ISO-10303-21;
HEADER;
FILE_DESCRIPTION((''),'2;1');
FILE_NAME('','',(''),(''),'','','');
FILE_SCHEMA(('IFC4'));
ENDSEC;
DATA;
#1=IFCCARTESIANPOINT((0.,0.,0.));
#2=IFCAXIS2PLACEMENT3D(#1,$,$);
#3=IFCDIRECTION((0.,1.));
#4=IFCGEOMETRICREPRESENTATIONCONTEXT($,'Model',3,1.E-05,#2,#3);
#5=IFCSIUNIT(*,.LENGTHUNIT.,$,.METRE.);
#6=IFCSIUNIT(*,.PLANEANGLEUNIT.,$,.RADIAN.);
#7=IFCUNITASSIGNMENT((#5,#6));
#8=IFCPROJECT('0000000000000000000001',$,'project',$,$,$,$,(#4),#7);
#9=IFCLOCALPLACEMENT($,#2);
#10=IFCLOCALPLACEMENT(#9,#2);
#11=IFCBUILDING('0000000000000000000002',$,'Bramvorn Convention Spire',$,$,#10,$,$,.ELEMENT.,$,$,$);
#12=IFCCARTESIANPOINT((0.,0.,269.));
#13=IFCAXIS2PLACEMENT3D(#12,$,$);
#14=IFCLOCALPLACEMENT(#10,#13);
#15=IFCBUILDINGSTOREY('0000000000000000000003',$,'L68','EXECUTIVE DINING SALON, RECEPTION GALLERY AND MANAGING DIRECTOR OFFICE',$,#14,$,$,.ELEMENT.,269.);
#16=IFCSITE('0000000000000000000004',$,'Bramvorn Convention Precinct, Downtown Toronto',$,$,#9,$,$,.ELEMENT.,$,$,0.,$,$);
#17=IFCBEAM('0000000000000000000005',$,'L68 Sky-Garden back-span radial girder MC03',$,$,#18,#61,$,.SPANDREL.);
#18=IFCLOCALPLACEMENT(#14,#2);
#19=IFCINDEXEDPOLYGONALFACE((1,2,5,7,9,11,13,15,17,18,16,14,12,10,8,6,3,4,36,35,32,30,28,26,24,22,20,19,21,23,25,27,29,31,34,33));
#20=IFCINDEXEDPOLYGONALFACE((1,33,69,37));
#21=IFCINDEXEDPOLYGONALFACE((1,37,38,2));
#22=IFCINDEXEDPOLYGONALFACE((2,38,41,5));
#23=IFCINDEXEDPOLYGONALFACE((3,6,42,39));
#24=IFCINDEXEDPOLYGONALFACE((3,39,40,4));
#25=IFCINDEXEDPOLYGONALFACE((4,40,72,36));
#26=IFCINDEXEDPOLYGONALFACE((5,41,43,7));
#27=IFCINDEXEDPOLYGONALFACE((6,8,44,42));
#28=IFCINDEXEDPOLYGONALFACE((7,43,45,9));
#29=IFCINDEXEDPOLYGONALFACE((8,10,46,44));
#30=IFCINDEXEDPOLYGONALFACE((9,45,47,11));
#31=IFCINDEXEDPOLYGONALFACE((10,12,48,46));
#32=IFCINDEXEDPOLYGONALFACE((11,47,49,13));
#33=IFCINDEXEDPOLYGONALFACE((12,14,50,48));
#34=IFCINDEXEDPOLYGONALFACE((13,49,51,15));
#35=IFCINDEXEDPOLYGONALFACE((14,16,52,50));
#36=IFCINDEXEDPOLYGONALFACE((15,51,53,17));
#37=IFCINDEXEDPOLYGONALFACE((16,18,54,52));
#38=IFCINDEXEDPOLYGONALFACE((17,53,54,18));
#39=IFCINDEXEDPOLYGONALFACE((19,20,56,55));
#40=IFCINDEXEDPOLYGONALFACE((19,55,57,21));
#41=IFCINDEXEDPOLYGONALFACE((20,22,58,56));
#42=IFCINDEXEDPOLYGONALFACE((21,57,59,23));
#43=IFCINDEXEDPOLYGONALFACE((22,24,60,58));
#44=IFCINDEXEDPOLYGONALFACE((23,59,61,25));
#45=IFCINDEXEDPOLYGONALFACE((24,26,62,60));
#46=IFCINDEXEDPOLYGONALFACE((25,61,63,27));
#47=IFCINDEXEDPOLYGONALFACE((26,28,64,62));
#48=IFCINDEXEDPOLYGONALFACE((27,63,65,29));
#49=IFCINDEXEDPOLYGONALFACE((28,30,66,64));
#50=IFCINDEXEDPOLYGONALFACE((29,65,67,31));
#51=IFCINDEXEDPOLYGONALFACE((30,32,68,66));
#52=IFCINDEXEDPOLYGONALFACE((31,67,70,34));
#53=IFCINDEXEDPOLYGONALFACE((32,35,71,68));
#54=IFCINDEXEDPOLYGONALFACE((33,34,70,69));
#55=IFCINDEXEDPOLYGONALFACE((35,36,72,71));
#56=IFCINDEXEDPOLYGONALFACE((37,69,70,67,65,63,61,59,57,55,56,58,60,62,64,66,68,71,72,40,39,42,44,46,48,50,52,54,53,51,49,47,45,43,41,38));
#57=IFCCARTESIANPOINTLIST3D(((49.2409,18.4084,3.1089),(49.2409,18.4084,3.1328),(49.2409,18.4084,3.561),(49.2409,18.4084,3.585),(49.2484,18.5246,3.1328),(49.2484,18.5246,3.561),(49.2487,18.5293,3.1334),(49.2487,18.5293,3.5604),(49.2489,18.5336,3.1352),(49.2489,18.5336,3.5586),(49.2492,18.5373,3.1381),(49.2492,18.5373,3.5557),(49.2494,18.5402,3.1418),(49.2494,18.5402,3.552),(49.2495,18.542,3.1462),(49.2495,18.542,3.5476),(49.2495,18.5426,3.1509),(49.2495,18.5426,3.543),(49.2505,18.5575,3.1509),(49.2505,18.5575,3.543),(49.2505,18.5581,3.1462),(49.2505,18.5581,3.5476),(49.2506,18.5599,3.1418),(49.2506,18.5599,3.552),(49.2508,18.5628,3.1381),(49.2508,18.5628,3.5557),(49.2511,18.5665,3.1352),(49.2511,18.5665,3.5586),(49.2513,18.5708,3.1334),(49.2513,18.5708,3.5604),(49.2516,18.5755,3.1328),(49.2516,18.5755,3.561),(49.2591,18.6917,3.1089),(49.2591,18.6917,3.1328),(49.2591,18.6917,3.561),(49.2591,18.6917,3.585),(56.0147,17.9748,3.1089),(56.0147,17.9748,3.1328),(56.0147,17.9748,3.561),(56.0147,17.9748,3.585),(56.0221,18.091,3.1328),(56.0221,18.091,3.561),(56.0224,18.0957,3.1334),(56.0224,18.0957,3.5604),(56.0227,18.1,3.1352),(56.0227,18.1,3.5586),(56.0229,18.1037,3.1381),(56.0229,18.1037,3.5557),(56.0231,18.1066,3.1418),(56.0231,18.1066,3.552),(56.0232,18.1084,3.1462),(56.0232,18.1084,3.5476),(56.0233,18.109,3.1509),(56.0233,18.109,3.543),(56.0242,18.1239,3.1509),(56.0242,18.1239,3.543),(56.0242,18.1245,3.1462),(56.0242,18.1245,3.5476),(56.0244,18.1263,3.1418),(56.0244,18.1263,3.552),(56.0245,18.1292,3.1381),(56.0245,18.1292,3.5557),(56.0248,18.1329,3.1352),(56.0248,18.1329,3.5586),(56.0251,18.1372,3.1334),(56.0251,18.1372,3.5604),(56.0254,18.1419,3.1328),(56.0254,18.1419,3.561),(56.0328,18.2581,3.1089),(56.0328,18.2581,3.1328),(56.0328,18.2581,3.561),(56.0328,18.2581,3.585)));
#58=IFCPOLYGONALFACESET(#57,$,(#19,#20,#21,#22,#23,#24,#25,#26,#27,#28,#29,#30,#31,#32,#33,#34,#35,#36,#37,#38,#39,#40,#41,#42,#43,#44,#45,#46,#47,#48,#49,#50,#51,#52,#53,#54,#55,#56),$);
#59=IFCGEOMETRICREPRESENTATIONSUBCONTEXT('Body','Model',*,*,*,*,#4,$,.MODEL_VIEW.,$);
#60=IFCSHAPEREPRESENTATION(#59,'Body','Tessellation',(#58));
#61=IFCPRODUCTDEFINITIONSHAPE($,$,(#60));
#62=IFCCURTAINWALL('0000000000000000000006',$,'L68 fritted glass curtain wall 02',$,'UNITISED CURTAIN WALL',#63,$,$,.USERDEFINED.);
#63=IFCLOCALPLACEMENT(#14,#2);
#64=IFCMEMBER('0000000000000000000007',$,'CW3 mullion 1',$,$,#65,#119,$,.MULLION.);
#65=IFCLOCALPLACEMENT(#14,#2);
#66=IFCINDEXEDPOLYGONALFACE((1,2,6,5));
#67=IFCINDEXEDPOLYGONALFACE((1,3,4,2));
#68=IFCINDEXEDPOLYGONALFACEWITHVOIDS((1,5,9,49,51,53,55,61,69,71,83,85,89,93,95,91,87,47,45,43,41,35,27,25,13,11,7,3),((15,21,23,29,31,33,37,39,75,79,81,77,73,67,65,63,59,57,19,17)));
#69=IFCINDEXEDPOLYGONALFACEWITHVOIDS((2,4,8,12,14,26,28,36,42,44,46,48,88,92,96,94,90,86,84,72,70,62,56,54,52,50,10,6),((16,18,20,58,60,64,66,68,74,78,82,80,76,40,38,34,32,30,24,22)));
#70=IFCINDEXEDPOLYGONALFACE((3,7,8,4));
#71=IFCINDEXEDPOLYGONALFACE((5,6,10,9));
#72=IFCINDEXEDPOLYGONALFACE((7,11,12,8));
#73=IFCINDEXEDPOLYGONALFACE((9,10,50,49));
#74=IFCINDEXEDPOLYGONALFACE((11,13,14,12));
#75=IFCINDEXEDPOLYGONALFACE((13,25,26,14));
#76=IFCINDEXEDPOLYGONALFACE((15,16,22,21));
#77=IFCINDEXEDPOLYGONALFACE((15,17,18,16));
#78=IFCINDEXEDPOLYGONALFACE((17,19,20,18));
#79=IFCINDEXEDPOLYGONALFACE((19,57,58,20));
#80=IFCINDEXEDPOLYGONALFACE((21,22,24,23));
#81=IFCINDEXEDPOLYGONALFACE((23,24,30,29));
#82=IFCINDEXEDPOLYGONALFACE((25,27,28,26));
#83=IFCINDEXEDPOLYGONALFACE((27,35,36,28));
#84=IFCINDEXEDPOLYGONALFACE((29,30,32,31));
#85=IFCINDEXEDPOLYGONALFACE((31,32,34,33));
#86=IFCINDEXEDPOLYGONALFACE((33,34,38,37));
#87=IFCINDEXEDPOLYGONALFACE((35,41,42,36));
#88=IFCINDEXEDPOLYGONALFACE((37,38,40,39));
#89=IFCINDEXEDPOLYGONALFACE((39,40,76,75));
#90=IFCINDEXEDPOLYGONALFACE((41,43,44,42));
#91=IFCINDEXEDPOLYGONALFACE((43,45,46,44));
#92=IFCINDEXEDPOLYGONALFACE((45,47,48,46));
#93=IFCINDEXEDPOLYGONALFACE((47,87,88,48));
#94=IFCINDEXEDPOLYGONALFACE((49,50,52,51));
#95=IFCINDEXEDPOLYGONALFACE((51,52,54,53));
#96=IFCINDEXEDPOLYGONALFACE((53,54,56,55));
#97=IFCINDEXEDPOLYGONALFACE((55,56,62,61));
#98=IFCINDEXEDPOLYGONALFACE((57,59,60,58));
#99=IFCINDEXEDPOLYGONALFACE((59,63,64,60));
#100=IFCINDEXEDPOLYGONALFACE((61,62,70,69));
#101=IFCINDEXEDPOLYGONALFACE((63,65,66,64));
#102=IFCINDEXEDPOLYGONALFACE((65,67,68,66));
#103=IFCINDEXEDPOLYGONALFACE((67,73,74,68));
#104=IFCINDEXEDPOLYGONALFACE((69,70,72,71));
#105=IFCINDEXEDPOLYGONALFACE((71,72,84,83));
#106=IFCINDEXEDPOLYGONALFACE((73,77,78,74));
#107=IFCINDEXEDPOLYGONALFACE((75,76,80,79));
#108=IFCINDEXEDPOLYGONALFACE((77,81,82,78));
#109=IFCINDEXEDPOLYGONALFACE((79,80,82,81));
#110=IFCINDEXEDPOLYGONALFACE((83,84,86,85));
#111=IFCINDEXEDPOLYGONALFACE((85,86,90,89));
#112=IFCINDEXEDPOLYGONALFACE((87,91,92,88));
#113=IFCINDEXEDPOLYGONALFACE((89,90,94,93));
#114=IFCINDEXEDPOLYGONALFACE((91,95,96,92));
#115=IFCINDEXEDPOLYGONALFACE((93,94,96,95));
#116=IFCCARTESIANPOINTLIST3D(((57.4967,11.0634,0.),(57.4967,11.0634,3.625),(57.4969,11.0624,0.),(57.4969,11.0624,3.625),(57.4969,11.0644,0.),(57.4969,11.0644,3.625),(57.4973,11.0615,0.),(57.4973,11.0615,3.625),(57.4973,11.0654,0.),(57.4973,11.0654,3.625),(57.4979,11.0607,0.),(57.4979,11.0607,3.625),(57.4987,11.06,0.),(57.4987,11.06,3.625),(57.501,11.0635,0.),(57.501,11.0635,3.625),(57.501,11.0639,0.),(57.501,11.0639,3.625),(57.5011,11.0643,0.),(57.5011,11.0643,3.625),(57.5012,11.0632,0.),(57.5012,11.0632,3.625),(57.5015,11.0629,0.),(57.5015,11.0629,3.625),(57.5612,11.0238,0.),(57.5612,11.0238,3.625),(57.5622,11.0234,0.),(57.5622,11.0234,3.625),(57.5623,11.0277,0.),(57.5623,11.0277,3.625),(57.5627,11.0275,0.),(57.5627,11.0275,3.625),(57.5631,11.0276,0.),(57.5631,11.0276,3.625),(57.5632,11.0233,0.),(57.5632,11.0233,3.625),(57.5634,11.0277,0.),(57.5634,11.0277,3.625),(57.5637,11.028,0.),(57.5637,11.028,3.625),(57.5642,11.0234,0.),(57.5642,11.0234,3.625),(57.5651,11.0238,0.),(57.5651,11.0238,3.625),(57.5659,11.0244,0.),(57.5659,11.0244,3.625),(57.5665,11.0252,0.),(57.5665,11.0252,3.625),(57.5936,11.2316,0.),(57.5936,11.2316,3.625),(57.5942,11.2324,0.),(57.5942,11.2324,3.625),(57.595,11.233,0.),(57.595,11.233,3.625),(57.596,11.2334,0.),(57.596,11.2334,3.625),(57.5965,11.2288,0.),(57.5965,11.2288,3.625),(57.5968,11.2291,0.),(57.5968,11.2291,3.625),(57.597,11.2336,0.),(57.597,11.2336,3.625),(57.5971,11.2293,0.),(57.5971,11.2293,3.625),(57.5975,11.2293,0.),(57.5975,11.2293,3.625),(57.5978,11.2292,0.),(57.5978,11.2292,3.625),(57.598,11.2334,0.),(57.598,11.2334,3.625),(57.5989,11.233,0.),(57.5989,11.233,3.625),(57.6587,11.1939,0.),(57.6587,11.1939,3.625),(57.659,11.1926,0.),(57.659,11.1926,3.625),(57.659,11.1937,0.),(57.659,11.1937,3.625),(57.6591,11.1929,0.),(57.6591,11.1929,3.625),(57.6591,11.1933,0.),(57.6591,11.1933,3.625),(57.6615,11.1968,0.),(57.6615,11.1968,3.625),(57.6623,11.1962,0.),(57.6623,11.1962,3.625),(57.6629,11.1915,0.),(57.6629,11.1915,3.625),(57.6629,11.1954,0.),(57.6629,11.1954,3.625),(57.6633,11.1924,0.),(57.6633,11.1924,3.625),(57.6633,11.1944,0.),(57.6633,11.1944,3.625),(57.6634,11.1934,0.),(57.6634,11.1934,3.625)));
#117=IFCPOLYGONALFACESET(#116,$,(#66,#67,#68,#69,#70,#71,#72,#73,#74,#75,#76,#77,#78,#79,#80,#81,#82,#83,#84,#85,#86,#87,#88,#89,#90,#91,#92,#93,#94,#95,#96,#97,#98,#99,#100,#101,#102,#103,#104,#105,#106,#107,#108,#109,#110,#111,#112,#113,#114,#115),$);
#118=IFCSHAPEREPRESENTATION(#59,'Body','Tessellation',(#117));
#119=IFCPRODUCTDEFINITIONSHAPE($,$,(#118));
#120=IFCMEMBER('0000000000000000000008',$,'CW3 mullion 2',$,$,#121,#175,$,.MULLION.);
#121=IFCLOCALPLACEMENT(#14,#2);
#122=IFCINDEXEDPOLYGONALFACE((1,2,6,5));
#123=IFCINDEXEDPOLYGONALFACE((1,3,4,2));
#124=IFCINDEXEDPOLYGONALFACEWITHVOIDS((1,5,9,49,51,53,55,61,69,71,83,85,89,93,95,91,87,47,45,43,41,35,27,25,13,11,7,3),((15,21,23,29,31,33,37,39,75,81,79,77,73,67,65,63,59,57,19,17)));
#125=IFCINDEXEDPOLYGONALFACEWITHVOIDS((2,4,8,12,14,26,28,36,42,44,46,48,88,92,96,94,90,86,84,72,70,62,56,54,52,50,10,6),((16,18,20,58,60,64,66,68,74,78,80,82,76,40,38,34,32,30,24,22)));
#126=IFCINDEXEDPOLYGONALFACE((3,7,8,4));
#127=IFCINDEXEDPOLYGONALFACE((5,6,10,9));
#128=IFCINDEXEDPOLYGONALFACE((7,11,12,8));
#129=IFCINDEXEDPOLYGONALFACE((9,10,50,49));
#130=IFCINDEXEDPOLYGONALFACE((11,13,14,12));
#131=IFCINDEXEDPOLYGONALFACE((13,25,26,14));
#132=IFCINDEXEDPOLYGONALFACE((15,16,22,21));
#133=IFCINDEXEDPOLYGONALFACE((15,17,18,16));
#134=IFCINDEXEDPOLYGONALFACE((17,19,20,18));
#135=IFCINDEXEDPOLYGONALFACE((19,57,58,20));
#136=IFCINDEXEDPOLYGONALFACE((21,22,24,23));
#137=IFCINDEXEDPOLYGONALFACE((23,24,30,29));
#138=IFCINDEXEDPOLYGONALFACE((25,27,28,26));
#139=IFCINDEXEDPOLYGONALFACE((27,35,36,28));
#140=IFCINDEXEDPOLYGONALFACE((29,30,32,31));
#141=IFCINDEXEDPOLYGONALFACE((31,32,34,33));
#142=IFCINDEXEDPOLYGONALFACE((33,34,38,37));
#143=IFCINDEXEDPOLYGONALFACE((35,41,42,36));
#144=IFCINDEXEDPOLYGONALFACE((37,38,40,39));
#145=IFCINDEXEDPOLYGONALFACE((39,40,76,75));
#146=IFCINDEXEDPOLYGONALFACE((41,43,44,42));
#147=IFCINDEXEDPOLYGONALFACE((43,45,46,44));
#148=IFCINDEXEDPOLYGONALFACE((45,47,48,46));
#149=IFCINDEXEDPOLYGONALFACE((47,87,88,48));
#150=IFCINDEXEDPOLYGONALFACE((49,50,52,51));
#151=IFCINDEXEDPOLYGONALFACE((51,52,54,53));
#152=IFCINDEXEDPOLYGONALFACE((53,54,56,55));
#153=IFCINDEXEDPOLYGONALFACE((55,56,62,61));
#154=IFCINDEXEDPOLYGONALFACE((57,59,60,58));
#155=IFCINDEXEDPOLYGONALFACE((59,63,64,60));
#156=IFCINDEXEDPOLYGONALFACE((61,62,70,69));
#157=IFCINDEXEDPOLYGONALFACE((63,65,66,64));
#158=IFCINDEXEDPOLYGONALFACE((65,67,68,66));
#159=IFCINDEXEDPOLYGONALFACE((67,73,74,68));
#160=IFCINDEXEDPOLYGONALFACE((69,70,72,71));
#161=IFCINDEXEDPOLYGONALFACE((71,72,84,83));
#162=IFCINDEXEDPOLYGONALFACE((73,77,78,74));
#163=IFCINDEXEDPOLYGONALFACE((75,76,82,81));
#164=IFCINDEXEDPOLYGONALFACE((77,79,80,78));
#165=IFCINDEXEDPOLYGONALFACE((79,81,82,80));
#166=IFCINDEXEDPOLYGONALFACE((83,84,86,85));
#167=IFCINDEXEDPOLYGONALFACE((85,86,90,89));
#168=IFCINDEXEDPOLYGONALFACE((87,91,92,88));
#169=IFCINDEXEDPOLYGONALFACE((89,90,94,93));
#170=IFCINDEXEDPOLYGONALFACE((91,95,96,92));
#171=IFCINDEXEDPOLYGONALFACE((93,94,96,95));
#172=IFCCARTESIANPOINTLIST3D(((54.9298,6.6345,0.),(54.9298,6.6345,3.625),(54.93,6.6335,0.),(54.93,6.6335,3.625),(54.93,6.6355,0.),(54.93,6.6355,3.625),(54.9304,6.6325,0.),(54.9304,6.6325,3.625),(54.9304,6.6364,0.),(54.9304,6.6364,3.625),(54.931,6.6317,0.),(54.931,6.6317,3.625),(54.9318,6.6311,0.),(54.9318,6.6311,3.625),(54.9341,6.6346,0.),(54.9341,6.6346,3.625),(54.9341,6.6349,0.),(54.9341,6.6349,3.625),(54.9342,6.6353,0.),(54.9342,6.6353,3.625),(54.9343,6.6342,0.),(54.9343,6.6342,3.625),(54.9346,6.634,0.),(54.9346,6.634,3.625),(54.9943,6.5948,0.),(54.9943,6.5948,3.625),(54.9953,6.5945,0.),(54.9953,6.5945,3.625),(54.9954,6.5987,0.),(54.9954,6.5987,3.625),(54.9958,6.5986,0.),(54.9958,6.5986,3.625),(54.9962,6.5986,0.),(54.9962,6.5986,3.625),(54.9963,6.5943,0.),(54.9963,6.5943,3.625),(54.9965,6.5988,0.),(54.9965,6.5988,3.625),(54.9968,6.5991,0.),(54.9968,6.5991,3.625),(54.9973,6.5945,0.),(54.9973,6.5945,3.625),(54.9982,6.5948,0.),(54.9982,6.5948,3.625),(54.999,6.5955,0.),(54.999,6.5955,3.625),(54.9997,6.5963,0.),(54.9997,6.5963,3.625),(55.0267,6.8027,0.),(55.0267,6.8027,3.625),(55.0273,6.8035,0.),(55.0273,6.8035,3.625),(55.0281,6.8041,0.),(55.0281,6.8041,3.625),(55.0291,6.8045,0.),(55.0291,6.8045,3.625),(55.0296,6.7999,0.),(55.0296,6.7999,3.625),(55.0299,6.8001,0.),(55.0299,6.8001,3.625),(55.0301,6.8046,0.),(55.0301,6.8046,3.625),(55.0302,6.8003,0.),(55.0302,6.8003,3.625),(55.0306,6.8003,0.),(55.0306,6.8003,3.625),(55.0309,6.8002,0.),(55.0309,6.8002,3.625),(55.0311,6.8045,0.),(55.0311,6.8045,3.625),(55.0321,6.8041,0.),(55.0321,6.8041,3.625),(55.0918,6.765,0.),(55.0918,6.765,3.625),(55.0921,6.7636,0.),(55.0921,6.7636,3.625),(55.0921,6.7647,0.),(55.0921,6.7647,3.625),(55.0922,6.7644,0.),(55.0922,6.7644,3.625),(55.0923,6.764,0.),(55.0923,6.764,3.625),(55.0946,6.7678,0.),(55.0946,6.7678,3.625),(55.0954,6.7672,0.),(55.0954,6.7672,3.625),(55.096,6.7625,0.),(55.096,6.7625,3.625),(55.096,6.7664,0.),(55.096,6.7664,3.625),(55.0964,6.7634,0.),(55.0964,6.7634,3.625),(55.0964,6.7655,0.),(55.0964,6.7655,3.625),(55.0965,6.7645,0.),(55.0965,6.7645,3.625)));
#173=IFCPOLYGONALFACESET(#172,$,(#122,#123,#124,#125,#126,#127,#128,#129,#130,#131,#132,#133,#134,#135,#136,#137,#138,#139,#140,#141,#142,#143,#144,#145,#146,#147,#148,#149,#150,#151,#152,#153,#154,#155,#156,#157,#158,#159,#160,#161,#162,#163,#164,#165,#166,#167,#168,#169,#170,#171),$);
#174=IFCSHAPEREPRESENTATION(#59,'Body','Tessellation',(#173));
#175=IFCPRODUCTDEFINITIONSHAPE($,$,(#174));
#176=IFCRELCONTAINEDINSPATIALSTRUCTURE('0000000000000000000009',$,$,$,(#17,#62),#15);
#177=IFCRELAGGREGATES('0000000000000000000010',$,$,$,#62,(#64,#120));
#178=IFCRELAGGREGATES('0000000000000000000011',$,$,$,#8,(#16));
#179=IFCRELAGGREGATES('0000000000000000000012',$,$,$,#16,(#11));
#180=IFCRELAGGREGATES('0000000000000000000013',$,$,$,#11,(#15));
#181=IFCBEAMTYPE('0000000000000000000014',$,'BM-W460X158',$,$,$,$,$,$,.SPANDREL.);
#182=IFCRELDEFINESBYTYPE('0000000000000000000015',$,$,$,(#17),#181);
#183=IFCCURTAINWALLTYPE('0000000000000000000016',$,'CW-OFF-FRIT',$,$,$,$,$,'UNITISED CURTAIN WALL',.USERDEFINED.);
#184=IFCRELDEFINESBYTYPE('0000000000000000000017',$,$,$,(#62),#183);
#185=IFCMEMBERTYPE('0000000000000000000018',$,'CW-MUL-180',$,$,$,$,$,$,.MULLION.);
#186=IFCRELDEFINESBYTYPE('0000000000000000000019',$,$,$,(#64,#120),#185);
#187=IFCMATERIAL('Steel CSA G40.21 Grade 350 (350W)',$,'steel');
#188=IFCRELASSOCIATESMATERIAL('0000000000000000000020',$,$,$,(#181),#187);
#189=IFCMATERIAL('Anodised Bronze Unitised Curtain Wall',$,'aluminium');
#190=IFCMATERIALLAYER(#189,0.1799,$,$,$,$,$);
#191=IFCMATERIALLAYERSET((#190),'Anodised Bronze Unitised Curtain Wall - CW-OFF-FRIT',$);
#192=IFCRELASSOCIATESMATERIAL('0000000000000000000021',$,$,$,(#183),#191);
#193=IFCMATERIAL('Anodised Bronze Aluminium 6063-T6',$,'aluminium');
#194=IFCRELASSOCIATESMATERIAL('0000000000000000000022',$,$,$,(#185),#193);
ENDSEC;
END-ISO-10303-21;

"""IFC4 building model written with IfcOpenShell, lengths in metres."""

from ifc_helpers import new_model, si_unit, direction, frame, origin, origin_2d, place, context, subcontext, project, spatial, hollow_rectangle, i_section, extrude, material, layer, layer_set, material_profile, profile_set, type_object, element, aggregate, save


model = new_model("IFC4")

# Units and contexts
model_context = context("Model", 3, precision=1e-05, world=origin(), true_north=direction((0.0, 1.0)))
body_context = subcontext(model_context, "Body", "Model", "MODEL_VIEW")
ifc_project = project(units=[si_unit("LENGTHUNIT", "METRE"), si_unit("PLANEANGLEUNIT", "RADIAN")], contexts=[model_context])

# Site, building, storey
site_placement = place(None, origin())
site = spatial("IfcSite", under=ifc_project, at=site_placement, Name="Bramvorn Convention Precinct, Downtown Toronto", CompositionType="ELEMENT", RefElevation=0.0)
building_placement = place(site_placement, origin())
building = spatial("IfcBuilding", under=site, at=building_placement, Name="Bramvorn Convention Spire", CompositionType="ELEMENT")
storey_placement = place(building_placement, frame((0.0, 0.0, 269.0)))
storey = spatial("IfcBuildingStorey", under=building, at=storey_placement, Name="L68", Description="EXECUTIVE DINING SALON, RECEPTION GALLERY AND MANAGING DIRECTOR OFFICE", CompositionType="ELEMENT", Elevation=269.0)

# Shared definitions
ifc_material_1 = material(Name="Steel CSA G40.21 Grade 350 (350W)", Category="steel")

# Beam
ifc_material_profile_1 = material_profile(ifc_material_1, i_section(OverallWidth=0.2839, OverallDepth=0.4761, WebThickness=0.0149, FlangeThickness=0.0239, FilletRadius=0.0181, at=origin_2d()))
ifc_profile_set_1 = profile_set([ifc_material_profile_1], Name="Steel CSA G40.21 Grade 350 (350W) - W460X158")
beam_type_1 = type_object("IfcBeamType", Name="BM-W460X158", PredefinedType="SPANDREL", material=ifc_profile_set_1)
beam_1_placement = place(storey_placement, frame((49.25, 18.55, 3.3469), z_axis=(0.997958, -0.063881, 0.0), x_axis=(0.063881, 0.997958, 0.0)))
element("IfcBeam", 1, at=beam_1_placement, inside=storey, type_object=beam_type_1, Name="L68 Sky-Garden back-span radial girder MC03", PredefinedType="SPANDREL", context=body_context, shape_type="SweptSolid", body=[
    extrude(i_section(OverallWidth=0.2839, OverallDepth=0.4761, WebThickness=0.0149, FlangeThickness=0.0239, FilletRadius=0.0181, at=origin_2d()), origin(), (0.0, 0.0, 1.0), 6.7876),
])

# Curtain wall, members
ifc_material_2 = material(Name="Anodised Bronze Unitised Curtain Wall", Category="aluminium")
ifc_layer_1 = layer(ifc_material_2, 0.1799)
ifc_layer_set_1 = layer_set([ifc_layer_1], Name="Anodised Bronze Unitised Curtain Wall - CW-OFF-FRIT")
curtain_wall_type = type_object("IfcCurtainWallType", Name="CW-OFF-FRIT", ElementType="UNITISED CURTAIN WALL", PredefinedType="USERDEFINED", material=ifc_layer_set_1)
curtain_wall_1_placement = place(storey_placement, origin())
curtain_wall_1 = element("IfcCurtainWall", 2, at=curtain_wall_1_placement, inside=storey, type_object=curtain_wall_type, Name="L68 fritted glass curtain wall 02", ObjectType="UNITISED CURTAIN WALL", PredefinedType="USERDEFINED")
ifc_material_3 = material(Name="Anodised Bronze Aluminium 6063-T6", Category="aluminium")
ifc_material_profile_2 = material_profile(ifc_material_3, hollow_rectangle(XDim=0.0801, YDim=0.2, WallThickness=0.0039, InnerFilletRadius=0.001, OuterFilletRadius=0.0039, at=origin_2d()))
ifc_profile_set_2 = profile_set([ifc_material_profile_2], Name="Anodised Bronze Aluminium 6063-T6 - CWM80X200")
member_type_1 = type_object("IfcMemberType", Name="CW-MUL-180", PredefinedType="MULLION", material=ifc_profile_set_2)
member_1_placement = place(storey_placement, frame((57.5801, 11.1284, 0.0), z_axis=(0.0, 0.0, 1.0), x_axis=(0.865197, -0.501432, 0.0)))
member_1 = element("IfcMember", 3, at=member_1_placement, type_object=member_type_1, Name="CW3 mullion 1", PredefinedType="MULLION", context=body_context, shape_type="SweptSolid", body=[
    extrude(hollow_rectangle(XDim=0.0801, YDim=0.2, WallThickness=0.0039, InnerFilletRadius=0.001, OuterFilletRadius=0.0039, at=origin_2d()), origin(), (0.0, 0.0, 1.0), 3.625),
])
member_2_placement = place(storey_placement, frame((55.0132, 6.6995, 0.0), z_axis=(0.0, 0.0, 1.0), x_axis=(0.865197, -0.501432, 0.0)))
member_2 = element("IfcMember", 4, at=member_2_placement, type_object=member_type_1, Name="CW3 mullion 2", PredefinedType="MULLION", context=body_context, shape_type="SweptSolid", body=[
    extrude(hollow_rectangle(XDim=0.0801, YDim=0.2, WallThickness=0.0039, InnerFilletRadius=0.001, OuterFilletRadius=0.0039, at=origin_2d()), origin(), (0.0, 0.0, 1.0), 3.625),
])

aggregate(curtain_wall_1, [member_1, member_2])

save(model, "model.ifc")
